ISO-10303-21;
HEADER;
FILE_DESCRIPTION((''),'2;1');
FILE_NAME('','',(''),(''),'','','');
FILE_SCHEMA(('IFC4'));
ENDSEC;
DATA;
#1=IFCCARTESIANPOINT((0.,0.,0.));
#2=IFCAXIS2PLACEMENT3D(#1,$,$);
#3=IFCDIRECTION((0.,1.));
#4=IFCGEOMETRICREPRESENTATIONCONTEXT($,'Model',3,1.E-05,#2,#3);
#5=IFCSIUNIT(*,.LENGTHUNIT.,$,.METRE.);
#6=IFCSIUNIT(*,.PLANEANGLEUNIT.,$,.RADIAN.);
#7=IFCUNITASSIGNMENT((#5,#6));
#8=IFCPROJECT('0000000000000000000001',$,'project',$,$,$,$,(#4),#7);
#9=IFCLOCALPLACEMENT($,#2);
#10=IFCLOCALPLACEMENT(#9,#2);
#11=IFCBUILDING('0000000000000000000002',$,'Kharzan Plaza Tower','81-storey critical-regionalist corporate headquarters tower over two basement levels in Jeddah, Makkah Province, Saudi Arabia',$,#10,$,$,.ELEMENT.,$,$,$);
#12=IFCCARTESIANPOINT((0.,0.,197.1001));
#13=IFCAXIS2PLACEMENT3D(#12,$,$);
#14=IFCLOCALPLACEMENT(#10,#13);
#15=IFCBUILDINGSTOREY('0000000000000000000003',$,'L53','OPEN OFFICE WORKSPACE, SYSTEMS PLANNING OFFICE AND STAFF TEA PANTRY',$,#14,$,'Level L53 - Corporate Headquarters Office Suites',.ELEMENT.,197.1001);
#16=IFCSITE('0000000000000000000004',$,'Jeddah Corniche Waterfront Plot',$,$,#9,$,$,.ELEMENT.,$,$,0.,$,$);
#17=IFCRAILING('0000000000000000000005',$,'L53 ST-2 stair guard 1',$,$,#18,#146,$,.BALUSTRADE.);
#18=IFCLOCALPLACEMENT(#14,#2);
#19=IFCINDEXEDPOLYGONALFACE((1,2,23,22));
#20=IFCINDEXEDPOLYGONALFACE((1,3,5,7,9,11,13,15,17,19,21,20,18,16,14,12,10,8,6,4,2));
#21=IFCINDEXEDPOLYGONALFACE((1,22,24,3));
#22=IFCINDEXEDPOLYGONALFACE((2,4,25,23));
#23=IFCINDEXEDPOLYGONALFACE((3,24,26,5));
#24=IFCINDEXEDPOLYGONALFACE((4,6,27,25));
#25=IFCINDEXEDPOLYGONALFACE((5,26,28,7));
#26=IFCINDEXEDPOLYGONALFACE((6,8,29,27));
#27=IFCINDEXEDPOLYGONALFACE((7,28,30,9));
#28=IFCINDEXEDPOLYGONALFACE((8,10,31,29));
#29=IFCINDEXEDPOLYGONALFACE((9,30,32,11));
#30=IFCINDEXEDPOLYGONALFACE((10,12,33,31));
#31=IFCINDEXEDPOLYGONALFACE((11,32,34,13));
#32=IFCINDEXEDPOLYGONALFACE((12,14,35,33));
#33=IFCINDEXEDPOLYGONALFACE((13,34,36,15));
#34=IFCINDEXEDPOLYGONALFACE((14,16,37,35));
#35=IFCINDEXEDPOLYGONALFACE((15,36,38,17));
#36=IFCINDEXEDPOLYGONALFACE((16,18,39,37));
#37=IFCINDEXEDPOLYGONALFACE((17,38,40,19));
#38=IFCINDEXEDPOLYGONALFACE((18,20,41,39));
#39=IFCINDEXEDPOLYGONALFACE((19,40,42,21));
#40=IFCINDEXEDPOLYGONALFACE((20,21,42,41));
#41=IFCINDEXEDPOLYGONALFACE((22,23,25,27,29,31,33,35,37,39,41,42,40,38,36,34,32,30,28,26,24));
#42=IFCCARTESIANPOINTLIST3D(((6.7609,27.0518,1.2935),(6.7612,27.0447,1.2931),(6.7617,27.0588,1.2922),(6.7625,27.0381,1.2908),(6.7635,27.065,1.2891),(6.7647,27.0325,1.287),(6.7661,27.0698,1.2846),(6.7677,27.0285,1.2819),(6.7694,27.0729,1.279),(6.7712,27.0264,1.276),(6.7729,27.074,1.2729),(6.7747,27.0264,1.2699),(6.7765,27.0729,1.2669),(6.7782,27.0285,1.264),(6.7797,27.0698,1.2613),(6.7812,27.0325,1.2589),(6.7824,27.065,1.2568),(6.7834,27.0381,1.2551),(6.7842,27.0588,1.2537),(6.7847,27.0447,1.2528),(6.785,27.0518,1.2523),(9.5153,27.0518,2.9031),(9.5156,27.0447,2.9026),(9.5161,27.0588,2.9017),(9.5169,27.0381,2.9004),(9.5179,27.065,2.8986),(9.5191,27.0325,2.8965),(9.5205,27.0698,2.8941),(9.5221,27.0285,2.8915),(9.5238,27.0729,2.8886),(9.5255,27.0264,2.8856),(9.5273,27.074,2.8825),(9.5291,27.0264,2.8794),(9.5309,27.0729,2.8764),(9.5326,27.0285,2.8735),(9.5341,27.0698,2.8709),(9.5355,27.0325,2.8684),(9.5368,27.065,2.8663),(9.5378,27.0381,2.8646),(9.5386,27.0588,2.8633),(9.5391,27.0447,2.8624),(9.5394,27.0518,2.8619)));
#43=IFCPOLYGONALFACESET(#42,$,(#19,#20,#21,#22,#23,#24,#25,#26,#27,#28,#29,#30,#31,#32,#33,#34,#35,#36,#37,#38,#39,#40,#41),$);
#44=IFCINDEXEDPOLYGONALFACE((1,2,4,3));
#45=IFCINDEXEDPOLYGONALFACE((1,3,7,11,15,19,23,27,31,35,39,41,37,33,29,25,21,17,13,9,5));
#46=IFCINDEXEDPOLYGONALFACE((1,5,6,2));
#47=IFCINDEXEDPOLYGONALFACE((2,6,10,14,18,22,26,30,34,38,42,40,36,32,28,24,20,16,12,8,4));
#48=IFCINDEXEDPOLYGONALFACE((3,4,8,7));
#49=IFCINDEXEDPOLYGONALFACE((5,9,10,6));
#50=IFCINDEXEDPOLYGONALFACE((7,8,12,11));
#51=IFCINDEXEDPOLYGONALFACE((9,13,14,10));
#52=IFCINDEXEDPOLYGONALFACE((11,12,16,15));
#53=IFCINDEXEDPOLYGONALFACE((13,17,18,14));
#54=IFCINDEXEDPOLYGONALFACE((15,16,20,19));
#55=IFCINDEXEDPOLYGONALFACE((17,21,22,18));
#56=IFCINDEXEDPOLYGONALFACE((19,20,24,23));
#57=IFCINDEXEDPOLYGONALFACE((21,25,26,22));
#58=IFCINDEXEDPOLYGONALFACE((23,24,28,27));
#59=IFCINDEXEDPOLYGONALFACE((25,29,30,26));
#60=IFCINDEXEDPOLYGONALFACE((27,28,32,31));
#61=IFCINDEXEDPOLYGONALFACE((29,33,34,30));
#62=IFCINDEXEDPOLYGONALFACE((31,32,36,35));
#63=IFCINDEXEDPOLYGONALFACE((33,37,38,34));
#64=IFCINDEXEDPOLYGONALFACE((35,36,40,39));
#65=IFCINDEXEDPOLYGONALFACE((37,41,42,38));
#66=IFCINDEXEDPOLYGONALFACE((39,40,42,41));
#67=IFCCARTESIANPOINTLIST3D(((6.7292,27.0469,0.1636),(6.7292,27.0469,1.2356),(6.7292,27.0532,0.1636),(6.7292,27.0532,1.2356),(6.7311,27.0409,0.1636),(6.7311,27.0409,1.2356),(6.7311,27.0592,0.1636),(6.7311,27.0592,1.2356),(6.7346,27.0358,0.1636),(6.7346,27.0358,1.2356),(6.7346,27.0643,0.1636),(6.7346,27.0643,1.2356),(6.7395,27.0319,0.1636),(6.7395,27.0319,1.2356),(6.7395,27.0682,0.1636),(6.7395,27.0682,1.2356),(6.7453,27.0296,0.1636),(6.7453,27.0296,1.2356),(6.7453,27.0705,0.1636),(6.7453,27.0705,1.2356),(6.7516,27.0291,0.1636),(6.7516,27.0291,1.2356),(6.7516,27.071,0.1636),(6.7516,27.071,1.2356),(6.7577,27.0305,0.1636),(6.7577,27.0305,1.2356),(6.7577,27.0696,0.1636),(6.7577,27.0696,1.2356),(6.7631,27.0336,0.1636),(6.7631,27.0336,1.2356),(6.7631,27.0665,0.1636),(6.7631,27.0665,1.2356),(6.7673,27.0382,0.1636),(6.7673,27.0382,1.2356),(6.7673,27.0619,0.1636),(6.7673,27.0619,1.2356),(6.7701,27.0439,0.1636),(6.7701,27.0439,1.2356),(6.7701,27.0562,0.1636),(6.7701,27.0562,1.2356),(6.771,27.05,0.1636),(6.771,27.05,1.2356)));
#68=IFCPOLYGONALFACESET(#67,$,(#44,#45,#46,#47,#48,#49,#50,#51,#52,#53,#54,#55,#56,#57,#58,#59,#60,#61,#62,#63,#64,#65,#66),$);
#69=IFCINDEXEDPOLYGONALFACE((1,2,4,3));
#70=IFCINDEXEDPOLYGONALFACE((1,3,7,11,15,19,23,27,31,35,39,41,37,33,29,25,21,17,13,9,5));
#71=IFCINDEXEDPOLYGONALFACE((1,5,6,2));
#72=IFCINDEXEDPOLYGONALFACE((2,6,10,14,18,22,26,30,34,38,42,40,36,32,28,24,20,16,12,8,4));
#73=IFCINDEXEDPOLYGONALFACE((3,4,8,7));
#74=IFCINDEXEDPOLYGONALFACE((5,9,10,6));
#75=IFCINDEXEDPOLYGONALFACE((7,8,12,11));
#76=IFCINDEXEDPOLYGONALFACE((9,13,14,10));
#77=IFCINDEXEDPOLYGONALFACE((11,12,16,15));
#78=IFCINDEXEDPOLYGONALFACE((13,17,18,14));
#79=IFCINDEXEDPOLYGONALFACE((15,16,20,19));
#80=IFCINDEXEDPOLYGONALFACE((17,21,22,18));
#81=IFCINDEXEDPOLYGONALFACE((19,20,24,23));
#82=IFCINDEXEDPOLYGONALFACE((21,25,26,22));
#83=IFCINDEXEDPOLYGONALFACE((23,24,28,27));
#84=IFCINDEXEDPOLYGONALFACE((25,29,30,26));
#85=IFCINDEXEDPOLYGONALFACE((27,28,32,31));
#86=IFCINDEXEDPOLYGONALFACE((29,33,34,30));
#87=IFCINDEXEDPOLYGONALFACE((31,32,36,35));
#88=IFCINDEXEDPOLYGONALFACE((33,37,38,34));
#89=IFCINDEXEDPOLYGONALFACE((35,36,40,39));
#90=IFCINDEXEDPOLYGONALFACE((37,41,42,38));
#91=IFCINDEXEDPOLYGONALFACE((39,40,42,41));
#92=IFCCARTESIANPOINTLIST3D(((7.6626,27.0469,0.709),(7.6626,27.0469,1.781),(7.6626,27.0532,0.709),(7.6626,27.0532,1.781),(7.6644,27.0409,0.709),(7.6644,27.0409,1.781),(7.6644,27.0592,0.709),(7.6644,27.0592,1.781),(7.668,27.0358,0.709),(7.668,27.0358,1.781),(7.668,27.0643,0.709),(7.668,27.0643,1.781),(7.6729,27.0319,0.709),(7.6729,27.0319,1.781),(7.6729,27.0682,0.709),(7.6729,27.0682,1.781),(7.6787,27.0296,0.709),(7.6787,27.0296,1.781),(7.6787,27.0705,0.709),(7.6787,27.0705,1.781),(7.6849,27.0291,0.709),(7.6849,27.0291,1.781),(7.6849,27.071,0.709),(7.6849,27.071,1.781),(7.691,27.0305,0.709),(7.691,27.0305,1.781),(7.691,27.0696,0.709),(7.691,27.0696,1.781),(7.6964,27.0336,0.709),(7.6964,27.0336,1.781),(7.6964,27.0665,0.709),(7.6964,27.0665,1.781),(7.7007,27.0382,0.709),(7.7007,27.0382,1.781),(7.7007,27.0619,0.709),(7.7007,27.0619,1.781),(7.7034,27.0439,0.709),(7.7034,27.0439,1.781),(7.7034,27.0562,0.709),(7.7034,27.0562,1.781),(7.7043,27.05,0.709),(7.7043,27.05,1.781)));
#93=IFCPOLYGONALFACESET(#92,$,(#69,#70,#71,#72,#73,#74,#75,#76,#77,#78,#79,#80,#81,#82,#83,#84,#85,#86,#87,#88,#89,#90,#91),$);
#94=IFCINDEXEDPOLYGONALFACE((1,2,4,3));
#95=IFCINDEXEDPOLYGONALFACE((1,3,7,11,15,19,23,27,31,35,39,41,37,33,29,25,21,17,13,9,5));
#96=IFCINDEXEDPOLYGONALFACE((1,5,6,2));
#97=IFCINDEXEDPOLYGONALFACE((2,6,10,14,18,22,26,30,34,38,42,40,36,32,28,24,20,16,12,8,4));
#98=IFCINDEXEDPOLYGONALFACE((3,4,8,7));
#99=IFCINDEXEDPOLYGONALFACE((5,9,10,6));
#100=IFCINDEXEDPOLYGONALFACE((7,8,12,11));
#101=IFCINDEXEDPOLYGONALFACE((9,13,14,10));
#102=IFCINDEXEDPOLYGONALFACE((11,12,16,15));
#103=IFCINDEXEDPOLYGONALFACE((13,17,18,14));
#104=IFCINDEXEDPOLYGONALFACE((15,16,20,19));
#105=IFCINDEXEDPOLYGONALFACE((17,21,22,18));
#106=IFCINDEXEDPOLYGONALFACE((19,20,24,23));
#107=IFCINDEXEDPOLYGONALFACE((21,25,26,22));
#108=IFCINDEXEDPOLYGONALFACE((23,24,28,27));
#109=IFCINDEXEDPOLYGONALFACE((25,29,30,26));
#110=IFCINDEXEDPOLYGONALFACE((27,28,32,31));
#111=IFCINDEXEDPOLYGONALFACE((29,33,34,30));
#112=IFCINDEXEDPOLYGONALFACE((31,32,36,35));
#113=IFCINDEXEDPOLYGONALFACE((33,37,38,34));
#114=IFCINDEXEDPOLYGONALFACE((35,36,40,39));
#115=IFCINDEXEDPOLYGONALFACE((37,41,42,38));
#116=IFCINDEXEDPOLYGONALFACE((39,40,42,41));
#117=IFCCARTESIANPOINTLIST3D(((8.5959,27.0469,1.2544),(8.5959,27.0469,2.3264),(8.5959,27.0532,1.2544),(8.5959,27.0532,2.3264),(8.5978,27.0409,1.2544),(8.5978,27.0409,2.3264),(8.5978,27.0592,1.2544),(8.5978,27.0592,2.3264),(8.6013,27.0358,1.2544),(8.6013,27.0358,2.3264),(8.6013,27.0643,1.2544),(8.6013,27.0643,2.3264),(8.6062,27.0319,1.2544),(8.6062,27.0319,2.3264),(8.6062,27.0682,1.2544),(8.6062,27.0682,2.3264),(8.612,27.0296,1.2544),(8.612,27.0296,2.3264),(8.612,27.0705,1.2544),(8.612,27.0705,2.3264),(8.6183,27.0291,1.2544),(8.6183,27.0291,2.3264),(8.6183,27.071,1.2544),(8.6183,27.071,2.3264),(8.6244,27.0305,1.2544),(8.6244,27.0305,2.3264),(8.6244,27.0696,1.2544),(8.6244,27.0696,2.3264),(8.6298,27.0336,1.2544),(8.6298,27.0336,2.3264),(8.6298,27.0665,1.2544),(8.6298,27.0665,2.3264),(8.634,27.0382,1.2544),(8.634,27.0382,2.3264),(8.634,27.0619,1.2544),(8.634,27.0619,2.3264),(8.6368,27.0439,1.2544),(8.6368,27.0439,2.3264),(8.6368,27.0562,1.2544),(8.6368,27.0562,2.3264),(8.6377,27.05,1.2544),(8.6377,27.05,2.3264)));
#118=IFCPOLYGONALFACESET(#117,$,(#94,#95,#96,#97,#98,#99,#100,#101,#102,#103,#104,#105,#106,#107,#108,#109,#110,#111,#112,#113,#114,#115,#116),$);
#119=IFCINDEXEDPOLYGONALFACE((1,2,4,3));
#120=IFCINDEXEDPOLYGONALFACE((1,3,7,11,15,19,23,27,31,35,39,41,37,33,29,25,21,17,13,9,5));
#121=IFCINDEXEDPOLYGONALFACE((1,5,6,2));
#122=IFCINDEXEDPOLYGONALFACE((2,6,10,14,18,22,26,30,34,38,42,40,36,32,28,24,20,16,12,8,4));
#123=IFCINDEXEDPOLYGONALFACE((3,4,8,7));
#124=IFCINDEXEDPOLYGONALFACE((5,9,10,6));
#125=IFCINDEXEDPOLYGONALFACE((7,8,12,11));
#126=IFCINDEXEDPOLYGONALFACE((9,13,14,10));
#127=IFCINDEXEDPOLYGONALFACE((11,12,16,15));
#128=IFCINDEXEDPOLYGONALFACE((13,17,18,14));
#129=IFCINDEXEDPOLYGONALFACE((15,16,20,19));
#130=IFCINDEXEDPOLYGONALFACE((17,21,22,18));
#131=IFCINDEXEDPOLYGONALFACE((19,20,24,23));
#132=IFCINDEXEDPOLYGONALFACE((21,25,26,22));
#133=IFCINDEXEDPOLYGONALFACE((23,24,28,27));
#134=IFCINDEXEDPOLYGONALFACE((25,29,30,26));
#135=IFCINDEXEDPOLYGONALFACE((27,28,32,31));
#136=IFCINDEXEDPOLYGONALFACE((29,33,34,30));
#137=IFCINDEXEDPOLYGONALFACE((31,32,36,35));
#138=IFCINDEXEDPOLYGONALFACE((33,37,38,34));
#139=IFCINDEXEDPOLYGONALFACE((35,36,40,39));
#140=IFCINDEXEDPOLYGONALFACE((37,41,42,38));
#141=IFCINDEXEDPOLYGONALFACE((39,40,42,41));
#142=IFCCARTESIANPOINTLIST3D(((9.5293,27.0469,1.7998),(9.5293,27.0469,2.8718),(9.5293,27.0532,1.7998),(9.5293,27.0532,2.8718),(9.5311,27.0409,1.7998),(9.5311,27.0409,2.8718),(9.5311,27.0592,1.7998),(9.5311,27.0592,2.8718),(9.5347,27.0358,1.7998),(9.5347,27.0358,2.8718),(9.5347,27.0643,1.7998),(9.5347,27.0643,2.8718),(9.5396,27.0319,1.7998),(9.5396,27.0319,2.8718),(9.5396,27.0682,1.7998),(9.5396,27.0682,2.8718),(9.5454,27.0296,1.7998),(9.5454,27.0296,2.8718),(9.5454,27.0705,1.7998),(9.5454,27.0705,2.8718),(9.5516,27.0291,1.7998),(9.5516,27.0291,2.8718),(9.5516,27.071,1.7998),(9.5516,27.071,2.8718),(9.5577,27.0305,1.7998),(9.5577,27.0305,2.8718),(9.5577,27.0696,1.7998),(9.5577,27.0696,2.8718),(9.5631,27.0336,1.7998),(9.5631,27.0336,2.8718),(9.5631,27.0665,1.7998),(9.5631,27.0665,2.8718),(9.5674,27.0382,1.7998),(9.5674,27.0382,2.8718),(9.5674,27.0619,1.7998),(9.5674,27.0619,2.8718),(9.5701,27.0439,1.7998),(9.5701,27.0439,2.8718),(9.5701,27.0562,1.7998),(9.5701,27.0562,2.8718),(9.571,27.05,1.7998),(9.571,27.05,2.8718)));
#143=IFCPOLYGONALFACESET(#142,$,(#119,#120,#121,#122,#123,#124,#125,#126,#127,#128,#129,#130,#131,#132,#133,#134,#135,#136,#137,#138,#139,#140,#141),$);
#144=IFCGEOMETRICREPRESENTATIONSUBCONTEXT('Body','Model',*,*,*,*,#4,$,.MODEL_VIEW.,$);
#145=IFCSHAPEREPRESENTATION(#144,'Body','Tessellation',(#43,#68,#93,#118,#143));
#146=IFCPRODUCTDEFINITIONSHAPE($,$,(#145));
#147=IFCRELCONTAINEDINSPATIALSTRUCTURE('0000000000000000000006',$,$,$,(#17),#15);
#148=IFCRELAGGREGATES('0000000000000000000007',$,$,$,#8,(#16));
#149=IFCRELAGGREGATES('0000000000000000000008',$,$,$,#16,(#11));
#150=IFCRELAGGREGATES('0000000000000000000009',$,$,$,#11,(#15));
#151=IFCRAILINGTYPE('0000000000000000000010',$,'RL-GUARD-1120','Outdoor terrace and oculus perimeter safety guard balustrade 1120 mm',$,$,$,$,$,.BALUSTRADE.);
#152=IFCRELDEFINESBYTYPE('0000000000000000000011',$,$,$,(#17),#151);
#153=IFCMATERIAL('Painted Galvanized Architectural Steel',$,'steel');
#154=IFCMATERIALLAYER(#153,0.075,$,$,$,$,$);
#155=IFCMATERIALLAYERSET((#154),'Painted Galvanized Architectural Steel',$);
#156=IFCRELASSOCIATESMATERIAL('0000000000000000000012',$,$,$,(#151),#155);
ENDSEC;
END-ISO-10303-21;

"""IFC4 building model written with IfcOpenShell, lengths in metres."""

from ifc_helpers import new_model, si_unit, direction, frame, origin, origin_2d, place, context, subcontext, project, spatial, circle, extrude, source, transform, mapped, material, layer, layer_set, type_object, element, save


model = new_model("IFC4")

# Units and contexts
model_context = context("Model", 3, precision=1e-05, world=origin(), true_north=direction((0.0, 1.0)))
body_context = subcontext(model_context, "Body", "Model", "MODEL_VIEW")
ifc_project = project(units=[si_unit("LENGTHUNIT", "METRE"), si_unit("PLANEANGLEUNIT", "RADIAN")], contexts=[model_context])

# Site, building, storey
site_placement = place(None, origin())
site = spatial("IfcSite", under=ifc_project, at=site_placement, Name="Jeddah Corniche Waterfront Plot", CompositionType="ELEMENT", RefElevation=0.0)
building_placement = place(site_placement, origin())
building = spatial("IfcBuilding", under=site, at=building_placement, Name="Kharzan Plaza Tower", Description="81-storey critical-regionalist corporate headquarters tower over two basement levels in Jeddah, Makkah Province, Saudi Arabia", CompositionType="ELEMENT")
storey_placement = place(building_placement, frame((0.0, 0.0, 197.1001)))
storey = spatial("IfcBuildingStorey", under=building, at=storey_placement, Name="L53", Description="OPEN OFFICE WORKSPACE, SYSTEMS PLANNING OFFICE AND STAFF TEA PANTRY", LongName="Level L53 - Corporate Headquarters Office Suites", CompositionType="ELEMENT", Elevation=197.1001)

# Railing
ifc_material_1 = material(Name="Painted Galvanized Architectural Steel", Category="steel")
ifc_layer_1 = layer(ifc_material_1, 0.075)
ifc_layer_set_1 = layer_set([ifc_layer_1], Name="Painted Galvanized Architectural Steel")
railing_type_1 = type_object("IfcRailingType", Name="RL-GUARD-1120", Description="Outdoor terrace and oculus perimeter safety guard balustrade 1120 mm", PredefinedType="BALUSTRADE", material=ifc_layer_set_1)
shared_shape_1 = source(origin(), body_context, "Body", "SweptSolid", [
    extrude(circle(Radius=0.0239, at=origin_2d()), frame((0.0229, 0.0, 1.1094), z_axis=(0.863394, 0.0, 0.504531), x_axis=(0.0, 1.0, 0.0)), (0.0, 0.0, 1.0), 3.1902),
    extrude(circle(Radius=0.021, at=origin_2d()), origin(), (0.0, 0.0, 1.0), 1.072),
    extrude(circle(Radius=0.021, at=origin_2d()), frame((0.9333, 0.0, 0.5454)), (0.0, 0.0, 1.0), 1.072),
    extrude(circle(Radius=0.021, at=origin_2d()), frame((1.8667, 0.0, 1.0908)), (0.0, 0.0, 1.0), 1.072),
    extrude(circle(Radius=0.021, at=origin_2d()), frame((2.8, 0.0, 1.6362)), (0.0, 0.0, 1.0), 1.072),
])
railing_1_placement = place(storey_placement, frame((6.75, 27.05, 0.1636)))
element("IfcRailing", 1, at=railing_1_placement, inside=storey, type_object=railing_type_1, Name="L53 ST-2 stair guard 1", PredefinedType="BALUSTRADE", context=body_context, shape_type="MappedRepresentation", body=[
    mapped(shared_shape_1, transform((0.0, 0.0, 0.0), x_axis=(1.0, 0.0, 0.0), y_axis=(0.0, 1.0, 0.0), z_axis=(0.0, 0.0, 1.0))),
])

save(model, "model.ifc")
